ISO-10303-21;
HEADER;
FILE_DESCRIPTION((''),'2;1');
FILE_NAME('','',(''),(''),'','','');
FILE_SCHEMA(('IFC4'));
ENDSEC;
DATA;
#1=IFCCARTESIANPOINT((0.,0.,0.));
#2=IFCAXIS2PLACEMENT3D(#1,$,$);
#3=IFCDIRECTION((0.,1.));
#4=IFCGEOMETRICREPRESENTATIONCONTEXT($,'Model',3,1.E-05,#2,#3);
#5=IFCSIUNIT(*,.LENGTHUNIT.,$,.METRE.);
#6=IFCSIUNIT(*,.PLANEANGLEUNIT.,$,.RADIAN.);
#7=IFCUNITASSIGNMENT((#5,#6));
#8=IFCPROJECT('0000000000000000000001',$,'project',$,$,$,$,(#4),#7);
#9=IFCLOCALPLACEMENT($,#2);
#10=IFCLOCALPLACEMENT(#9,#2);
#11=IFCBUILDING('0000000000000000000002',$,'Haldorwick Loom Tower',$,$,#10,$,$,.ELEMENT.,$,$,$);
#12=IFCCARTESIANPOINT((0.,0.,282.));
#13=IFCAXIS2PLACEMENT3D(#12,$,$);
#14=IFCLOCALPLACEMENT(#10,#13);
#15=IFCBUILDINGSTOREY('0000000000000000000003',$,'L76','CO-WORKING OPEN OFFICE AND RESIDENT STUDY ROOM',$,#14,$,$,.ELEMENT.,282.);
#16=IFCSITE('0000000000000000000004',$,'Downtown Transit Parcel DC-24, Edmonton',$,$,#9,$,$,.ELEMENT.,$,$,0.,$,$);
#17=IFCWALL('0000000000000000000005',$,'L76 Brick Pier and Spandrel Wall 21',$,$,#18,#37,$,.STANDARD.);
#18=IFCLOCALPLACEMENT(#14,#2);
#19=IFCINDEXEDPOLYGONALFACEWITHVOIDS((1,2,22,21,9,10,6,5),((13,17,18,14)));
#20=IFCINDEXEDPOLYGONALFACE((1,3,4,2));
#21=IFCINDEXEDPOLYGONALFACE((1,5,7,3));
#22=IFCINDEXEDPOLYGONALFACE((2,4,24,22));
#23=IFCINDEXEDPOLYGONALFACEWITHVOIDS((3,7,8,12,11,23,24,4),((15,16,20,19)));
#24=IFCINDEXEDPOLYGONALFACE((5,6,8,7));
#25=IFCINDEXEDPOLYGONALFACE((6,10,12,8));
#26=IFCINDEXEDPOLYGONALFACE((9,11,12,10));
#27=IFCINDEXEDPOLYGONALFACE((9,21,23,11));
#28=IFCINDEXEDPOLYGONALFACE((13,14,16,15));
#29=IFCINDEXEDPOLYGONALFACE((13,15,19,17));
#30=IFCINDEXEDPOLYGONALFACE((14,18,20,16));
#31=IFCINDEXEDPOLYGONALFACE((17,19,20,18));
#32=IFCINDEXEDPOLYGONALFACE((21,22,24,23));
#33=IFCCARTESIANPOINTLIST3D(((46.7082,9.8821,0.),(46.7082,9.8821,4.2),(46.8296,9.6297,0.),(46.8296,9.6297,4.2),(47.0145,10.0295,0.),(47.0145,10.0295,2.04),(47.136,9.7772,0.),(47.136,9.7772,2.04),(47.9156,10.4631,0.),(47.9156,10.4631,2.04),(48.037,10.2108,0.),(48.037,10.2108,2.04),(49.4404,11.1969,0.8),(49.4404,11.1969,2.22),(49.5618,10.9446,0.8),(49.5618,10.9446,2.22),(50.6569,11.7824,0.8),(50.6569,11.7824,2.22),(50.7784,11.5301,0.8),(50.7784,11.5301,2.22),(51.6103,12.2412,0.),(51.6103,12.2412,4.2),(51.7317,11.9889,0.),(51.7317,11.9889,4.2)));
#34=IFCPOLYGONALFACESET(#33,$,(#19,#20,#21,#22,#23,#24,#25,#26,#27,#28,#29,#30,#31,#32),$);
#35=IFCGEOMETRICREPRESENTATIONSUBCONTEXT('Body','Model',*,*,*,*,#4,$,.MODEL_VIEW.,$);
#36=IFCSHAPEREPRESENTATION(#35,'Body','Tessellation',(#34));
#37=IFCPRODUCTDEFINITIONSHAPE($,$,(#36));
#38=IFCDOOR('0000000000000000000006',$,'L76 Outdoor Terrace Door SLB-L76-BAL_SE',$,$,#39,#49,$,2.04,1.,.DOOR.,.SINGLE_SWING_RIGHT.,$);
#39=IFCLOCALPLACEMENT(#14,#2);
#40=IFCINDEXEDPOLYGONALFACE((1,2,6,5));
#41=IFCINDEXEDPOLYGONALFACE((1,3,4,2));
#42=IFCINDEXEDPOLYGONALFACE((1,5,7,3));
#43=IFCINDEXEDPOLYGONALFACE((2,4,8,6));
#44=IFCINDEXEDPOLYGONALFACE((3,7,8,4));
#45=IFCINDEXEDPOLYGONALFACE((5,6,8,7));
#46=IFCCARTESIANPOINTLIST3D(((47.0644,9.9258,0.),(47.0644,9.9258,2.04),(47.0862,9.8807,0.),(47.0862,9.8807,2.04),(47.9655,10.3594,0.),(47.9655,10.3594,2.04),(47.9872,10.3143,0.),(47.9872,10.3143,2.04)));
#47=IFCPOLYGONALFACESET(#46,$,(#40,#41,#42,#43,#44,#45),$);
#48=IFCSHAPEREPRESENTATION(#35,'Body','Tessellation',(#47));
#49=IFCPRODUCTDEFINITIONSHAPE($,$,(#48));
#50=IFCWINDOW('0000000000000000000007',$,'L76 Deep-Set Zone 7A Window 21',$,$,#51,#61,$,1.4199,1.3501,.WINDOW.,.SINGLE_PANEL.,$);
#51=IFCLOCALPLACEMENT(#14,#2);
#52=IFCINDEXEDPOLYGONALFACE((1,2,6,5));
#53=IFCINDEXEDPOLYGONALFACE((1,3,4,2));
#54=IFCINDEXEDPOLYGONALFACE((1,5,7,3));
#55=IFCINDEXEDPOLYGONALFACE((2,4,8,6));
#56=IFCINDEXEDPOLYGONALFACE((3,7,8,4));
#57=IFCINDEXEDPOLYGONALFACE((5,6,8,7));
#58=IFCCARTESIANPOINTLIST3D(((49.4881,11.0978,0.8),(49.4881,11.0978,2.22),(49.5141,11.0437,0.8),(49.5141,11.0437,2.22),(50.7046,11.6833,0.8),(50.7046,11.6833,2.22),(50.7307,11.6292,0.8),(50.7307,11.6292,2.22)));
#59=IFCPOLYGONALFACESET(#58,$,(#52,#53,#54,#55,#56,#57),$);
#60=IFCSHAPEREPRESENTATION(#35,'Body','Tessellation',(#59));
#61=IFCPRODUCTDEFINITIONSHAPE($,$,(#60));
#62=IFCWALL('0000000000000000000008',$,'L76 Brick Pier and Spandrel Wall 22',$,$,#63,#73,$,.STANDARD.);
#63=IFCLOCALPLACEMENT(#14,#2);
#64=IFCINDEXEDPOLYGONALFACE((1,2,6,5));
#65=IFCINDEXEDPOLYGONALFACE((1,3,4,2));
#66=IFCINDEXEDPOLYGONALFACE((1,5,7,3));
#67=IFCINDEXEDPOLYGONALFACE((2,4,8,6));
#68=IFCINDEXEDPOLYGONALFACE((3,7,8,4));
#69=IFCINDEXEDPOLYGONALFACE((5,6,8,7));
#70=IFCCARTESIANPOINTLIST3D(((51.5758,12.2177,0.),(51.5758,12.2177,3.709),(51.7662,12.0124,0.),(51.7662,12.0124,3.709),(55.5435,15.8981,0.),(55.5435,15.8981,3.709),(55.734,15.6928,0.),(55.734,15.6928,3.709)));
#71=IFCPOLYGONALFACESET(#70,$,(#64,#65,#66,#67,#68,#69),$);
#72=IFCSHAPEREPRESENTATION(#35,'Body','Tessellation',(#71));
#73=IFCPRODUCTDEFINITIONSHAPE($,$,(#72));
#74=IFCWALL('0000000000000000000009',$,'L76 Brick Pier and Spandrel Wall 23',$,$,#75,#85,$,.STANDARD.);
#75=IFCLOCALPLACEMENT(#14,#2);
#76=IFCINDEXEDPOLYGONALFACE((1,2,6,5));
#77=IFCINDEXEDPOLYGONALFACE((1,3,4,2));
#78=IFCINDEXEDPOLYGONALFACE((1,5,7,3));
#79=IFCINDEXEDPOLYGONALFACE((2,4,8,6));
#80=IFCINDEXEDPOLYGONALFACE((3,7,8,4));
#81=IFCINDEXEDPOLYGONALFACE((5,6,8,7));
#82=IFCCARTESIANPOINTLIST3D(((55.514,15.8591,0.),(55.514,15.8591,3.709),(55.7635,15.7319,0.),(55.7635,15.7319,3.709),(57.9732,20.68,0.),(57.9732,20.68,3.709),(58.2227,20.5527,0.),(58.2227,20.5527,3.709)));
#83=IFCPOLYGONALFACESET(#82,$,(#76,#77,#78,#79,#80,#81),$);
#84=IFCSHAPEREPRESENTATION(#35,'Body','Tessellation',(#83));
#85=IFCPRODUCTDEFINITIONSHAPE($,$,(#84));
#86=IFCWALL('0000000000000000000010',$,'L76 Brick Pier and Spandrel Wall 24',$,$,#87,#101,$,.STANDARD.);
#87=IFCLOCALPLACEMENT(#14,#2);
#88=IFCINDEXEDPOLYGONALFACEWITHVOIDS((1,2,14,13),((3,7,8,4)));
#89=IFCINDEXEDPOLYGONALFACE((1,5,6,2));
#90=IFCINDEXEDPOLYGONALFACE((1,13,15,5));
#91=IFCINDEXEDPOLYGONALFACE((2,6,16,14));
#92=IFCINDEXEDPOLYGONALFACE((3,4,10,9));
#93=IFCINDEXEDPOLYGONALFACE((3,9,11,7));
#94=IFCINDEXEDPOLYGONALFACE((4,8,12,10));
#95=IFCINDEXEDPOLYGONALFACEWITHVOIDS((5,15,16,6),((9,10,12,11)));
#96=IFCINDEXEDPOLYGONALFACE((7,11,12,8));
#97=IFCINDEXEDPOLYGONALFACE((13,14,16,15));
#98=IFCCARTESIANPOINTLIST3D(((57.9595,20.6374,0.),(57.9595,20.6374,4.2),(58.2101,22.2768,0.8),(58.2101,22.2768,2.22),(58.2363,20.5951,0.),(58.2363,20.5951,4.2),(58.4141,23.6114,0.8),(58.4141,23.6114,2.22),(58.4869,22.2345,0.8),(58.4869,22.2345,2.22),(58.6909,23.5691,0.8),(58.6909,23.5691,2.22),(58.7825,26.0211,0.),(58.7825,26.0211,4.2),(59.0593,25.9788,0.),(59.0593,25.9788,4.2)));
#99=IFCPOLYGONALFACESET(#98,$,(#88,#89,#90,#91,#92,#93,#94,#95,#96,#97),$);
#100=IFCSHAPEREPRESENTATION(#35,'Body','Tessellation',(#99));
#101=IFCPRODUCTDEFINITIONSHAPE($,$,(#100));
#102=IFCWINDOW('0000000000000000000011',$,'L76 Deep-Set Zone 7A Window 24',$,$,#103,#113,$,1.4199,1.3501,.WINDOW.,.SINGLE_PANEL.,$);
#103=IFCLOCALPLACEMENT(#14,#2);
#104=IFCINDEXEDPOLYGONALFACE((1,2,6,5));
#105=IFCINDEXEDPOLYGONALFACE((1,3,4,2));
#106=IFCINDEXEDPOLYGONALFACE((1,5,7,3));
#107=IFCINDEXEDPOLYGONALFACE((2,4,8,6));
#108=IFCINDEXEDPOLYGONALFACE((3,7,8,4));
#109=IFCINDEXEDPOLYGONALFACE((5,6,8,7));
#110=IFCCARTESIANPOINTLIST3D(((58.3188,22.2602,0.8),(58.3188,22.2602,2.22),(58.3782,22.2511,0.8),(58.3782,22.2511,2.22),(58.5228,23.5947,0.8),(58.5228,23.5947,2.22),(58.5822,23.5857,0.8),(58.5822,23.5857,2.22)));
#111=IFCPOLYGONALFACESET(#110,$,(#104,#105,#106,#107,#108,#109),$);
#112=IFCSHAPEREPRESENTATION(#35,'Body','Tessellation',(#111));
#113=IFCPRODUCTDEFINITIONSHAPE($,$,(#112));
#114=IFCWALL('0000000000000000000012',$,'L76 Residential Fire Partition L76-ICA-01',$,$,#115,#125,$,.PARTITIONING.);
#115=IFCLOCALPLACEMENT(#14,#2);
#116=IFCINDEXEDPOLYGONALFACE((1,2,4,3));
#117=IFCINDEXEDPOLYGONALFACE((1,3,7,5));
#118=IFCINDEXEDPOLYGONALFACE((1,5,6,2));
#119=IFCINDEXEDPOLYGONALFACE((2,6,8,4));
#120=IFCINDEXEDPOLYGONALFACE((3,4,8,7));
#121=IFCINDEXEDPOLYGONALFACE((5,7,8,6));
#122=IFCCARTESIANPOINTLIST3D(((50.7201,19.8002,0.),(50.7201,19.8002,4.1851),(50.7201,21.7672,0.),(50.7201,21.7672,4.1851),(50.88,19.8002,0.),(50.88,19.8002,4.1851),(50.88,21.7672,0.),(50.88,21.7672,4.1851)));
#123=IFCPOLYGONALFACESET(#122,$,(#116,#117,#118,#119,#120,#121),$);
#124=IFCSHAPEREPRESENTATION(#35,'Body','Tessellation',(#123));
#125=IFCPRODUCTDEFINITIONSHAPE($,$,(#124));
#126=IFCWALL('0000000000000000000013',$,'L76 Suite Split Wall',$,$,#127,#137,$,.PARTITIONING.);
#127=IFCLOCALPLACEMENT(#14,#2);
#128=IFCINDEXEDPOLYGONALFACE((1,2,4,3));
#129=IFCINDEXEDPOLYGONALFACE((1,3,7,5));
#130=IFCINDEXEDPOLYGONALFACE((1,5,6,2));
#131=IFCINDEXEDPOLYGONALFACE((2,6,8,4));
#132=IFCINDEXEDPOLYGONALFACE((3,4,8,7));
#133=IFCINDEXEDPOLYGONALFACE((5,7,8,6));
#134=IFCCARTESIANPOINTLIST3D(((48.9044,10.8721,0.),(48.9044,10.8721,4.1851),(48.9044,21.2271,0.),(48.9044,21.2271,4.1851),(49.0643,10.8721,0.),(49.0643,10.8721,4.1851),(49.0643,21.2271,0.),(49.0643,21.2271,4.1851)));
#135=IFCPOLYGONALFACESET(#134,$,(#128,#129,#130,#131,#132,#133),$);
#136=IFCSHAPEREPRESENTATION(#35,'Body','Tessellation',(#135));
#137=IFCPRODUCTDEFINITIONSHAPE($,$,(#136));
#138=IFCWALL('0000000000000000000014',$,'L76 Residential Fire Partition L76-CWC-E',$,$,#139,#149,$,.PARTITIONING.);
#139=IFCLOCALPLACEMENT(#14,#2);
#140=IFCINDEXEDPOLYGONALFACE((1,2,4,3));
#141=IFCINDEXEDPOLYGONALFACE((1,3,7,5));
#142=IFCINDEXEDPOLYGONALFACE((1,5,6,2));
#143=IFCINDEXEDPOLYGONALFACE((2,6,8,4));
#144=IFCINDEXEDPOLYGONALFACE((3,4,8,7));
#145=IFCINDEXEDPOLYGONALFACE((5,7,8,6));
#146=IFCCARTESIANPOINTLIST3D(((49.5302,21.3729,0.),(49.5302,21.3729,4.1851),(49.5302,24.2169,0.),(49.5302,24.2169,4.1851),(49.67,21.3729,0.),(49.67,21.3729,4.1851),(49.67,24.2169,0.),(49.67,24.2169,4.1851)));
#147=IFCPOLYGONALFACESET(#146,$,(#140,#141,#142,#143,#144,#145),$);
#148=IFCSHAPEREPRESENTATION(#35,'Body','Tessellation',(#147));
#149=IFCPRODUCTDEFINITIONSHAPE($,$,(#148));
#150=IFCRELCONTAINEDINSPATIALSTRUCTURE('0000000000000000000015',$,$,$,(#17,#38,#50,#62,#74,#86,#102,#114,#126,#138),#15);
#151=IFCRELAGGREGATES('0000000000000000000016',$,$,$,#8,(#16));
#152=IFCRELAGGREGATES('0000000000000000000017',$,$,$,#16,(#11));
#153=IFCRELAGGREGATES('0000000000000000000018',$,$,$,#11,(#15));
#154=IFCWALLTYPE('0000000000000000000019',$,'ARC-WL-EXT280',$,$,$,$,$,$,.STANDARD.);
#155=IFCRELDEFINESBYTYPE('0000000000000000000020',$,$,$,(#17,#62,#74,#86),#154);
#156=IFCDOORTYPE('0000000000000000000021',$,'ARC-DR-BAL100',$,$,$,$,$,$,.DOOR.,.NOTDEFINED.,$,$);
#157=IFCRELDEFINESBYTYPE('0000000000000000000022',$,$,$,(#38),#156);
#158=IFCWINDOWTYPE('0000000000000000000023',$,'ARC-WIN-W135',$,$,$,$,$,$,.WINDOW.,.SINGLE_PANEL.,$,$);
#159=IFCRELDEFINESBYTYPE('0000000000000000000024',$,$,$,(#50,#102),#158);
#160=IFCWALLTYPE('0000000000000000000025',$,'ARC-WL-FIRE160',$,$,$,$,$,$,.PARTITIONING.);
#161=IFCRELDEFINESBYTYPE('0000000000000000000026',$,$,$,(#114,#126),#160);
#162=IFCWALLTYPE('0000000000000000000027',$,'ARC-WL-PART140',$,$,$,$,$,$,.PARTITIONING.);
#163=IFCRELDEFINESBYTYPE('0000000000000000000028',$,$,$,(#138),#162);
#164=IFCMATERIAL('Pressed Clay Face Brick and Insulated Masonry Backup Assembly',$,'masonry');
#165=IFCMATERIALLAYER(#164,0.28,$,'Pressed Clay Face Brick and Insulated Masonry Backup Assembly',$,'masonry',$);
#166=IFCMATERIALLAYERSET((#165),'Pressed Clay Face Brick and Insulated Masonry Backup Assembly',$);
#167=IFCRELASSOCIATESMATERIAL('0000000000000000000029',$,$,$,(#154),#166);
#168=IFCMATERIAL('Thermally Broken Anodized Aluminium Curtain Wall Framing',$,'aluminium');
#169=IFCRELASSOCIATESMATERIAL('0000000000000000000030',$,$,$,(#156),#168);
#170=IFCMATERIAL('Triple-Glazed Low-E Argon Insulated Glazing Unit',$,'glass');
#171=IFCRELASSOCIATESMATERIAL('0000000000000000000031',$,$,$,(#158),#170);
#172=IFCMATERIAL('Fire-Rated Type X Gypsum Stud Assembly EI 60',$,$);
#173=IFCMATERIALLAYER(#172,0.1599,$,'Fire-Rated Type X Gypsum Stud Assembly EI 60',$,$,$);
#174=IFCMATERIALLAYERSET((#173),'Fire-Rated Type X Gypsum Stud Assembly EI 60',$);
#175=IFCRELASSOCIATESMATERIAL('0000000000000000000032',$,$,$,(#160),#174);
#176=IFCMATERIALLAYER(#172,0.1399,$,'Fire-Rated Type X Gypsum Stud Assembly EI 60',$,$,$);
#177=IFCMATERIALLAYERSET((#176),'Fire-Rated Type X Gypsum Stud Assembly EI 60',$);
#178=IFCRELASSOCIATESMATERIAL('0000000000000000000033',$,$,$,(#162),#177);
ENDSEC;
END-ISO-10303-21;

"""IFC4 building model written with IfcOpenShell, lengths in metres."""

from ifc_helpers import new_model, si_unit, direction, frame, frame_2d, origin, place, context, subcontext, project, spatial, rectangle, extrude, material, layer, layer_set, type_object, element, fill, save


model = new_model("IFC4")

# Units and contexts
model_context = context("Model", 3, precision=1e-05, world=origin(), true_north=direction((0.0, 1.0)))
body_context = subcontext(model_context, "Body", "Model", "MODEL_VIEW")
ifc_project = project(units=[si_unit("LENGTHUNIT", "METRE"), si_unit("PLANEANGLEUNIT", "RADIAN")], contexts=[model_context])

# Site, building, storey
site_placement = place(None, origin())
site = spatial("IfcSite", under=ifc_project, at=site_placement, Name="Downtown Transit Parcel DC-24, Edmonton", CompositionType="ELEMENT", RefElevation=0.0)
building_placement = place(site_placement, origin())
building = spatial("IfcBuilding", under=site, at=building_placement, Name="Haldorwick Loom Tower", CompositionType="ELEMENT")
storey_placement = place(building_placement, frame((0.0, 0.0, 282.0)))
storey = spatial("IfcBuildingStorey", under=building, at=storey_placement, Name="L76", Description="CO-WORKING OPEN OFFICE AND RESIDENT STUDY ROOM", CompositionType="ELEMENT", Elevation=282.0)

# Wall, openings, door, window
ifc_material_1 = material(Name="Pressed Clay Face Brick and Insulated Masonry Backup Assembly", Category="masonry")
ifc_layer_1 = layer(ifc_material_1, 0.28, Name="Pressed Clay Face Brick and Insulated Masonry Backup Assembly", Category="masonry")
ifc_layer_set_1 = layer_set([ifc_layer_1], Name="Pressed Clay Face Brick and Insulated Masonry Backup Assembly")
wall_type_1 = type_object("IfcWallType", Name="ARC-WL-EXT280", PredefinedType="STANDARD", material=ifc_layer_set_1)
wall_1_placement = place(storey_placement, frame((46.7688, 9.7559, 0.0), z_axis=(0.0, 0.0, 1.0), x_axis=(0.901084, 0.433646, 0.0)))
wall_1 = element("IfcWall", 1, at=wall_1_placement, inside=storey, type_object=wall_type_1, Name="L76 Brick Pier and Spandrel Wall 21", PredefinedType="STANDARD", context=body_context, shape_type="SweptSolid", body=[
    extrude(rectangle(XDim=5.4402, YDim=0.28, at=frame_2d((2.7202, 0.0))), origin(), (0.0, 0.0, 1.0), 4.2),
])
opening_1_placement = place(wall_1_placement, frame((0.3401, 0.0, 0.0)))
opening_1 = element("IfcOpeningElement", 2, at=opening_1_placement, cuts=wall_1, PredefinedType="OPENING", context=body_context, shape_type="SweptSolid", body=[
    extrude(rectangle(XDim=1.0, YDim=2.04, at=frame_2d((0.5, 1.02))), frame((0.0, 0.1499, 0.0), z_axis=(0.0, -1.0, 0.0), x_axis=(1.0, 0.0, 0.0)), (0.0, 0.0, 1.0), 0.3),
])
opening_2_placement = place(wall_1_placement, frame((3.0322, 0.0, 0.8)))
opening_2 = element("IfcOpeningElement", 3, at=opening_2_placement, cuts=wall_1, PredefinedType="OPENING", context=body_context, shape_type="SweptSolid", body=[
    extrude(rectangle(XDim=1.3501, YDim=1.4199, at=frame_2d((0.675, 0.71))), frame((0.0, 0.1499, 0.0), z_axis=(0.0, -1.0, 0.0), x_axis=(1.0, 0.0, 0.0)), (0.0, 0.0, 1.0), 0.3),
])
ifc_material_2 = material(Name="Thermally Broken Anodized Aluminium Curtain Wall Framing", Category="aluminium")
door_type = type_object("IfcDoorType", Name="ARC-DR-BAL100", OperationType="NOTDEFINED", PredefinedType="DOOR", material=ifc_material_2)
door_placement = place(opening_1_placement, origin())
door = element("IfcDoor", 4, at=door_placement, inside=storey, type_object=door_type, Name="L76 Outdoor Terrace Door SLB-L76-BAL_SE", OperationType="SINGLE_SWING_RIGHT", OverallHeight=2.04, OverallWidth=1.0, PredefinedType="DOOR", context=body_context, shape_type="SweptSolid", body=[
    extrude(rectangle(XDim=1.0, YDim=2.04, at=frame_2d((0.5, 1.02))), frame((0.0, 0.0249, 0.0), z_axis=(0.0, -1.0, 0.0), x_axis=(1.0, 0.0, 0.0)), (0.0, 0.0, 1.0), 0.05),
])
fill(opening_1, door)
ifc_material_3 = material(Name="Triple-Glazed Low-E Argon Insulated Glazing Unit", Category="glass")
window_type = type_object("IfcWindowType", Name="ARC-WIN-W135", PartitioningType="SINGLE_PANEL", PredefinedType="WINDOW", material=ifc_material_3)
window_1_placement = place(opening_2_placement, origin())
window_1 = element("IfcWindow", 5, at=window_1_placement, inside=storey, type_object=window_type, Name="L76 Deep-Set Zone 7A Window 21", OverallHeight=1.4199, OverallWidth=1.3501, PartitioningType="SINGLE_PANEL", PredefinedType="WINDOW", context=body_context, shape_type="SweptSolid", body=[
    extrude(rectangle(XDim=1.3501, YDim=1.4199, at=frame_2d((0.675, 0.71))), frame((0.0, 0.03, 0.0), z_axis=(0.0, -1.0, 0.0), x_axis=(1.0, 0.0, 0.0)), (0.0, 0.0, 1.0), 0.0601),
])
fill(opening_2, window_1)

# Walls
for number, where, z_axis, x_axis, name in (
    (6, (51.6709, 12.115, 0.0), (0.0, 0.0, 1.0), (0.733157, 0.68006, 0.0), "L76 Brick Pier and Spandrel Wall 22"),
    (7, (55.6387, 15.7954, 0.0), (0.0, 0.0, 1.0), (0.454417, 0.890789, 0.0), "L76 Brick Pier and Spandrel Wall 23"),
):
    element("IfcWall", number, at=place(storey_placement, frame(where, z_axis=z_axis, x_axis=x_axis)), inside=storey, type_object=wall_type_1, Name=name, PredefinedType="STANDARD", context=body_context, shape_type="SweptSolid", body=[
        extrude(rectangle(XDim=5.4119, YDim=0.28, at=frame_2d((2.7061, 0.0))), origin(), (0.0, 0.0, 1.0), 3.709),
    ])

# Wall, opening, window
wall_2_placement = place(storey_placement, frame((58.0979, 20.6162, 0.0), z_axis=(0.0, 0.0, 1.0), x_axis=(0.151111, 0.988517, 0.0)))
wall_2 = element("IfcWall", 8, at=wall_2_placement, inside=storey, type_object=wall_type_1, Name="L76 Brick Pier and Spandrel Wall 24", PredefinedType="STANDARD", context=body_context, shape_type="SweptSolid", body=[
    extrude(rectangle(XDim=5.4463, YDim=0.28, at=frame_2d((2.7231, 0.0))), origin(), (0.0, 0.0, 1.0), 4.2),
])
opening_3_placement = place(wall_2_placement, frame((1.6584, 0.0, 0.8)))
opening_3 = element("IfcOpeningElement", 9, at=opening_3_placement, cuts=wall_2, PredefinedType="OPENING", context=body_context, shape_type="SweptSolid", body=[
    extrude(rectangle(XDim=1.3501, YDim=1.4199, at=frame_2d((0.675, 0.71))), frame((0.0, 0.1499, 0.0), z_axis=(0.0, -1.0, 0.0), x_axis=(1.0, 0.0, 0.0)), (0.0, 0.0, 1.0), 0.3),
])
window_2_placement = place(opening_3_placement, origin())
window_2 = element("IfcWindow", 10, at=window_2_placement, inside=storey, type_object=window_type, Name="L76 Deep-Set Zone 7A Window 24", OverallHeight=1.4199, OverallWidth=1.3501, PartitioningType="SINGLE_PANEL", PredefinedType="WINDOW", context=body_context, shape_type="SweptSolid", body=[
    extrude(rectangle(XDim=1.3501, YDim=1.4199, at=frame_2d((0.675, 0.71))), frame((0.0, 0.03, 0.0), z_axis=(0.0, -1.0, 0.0), x_axis=(1.0, 0.0, 0.0)), (0.0, 0.0, 1.0), 0.0601),
])
fill(opening_3, window_2)

# Walls
ifc_material_4 = material(Name="Fire-Rated Type X Gypsum Stud Assembly EI 60")
ifc_layer_2 = layer(ifc_material_4, 0.1599, Name="Fire-Rated Type X Gypsum Stud Assembly EI 60")
ifc_layer_set_2 = layer_set([ifc_layer_2], Name="Fire-Rated Type X Gypsum Stud Assembly EI 60")
wall_type_2 = type_object("IfcWallType", Name="ARC-WL-FIRE160", PredefinedType="PARTITIONING", material=ifc_layer_set_2)
wall_3_placement = place(storey_placement, frame((50.8, 21.7671, 0.0), z_axis=(0.0, 0.0, 1.0), x_axis=(0.0, -1.0, 0.0)))
element("IfcWall", 11, at=wall_3_placement, inside=storey, type_object=wall_type_2, Name="L76 Residential Fire Partition L76-ICA-01", PredefinedType="PARTITIONING", context=body_context, shape_type="SweptSolid", body=[
    extrude(rectangle(XDim=1.967, YDim=0.1599, at=frame_2d((0.9834, 0.0))), origin(), (0.0, 0.0, 1.0), 4.1851),
])
wall_4_placement = place(storey_placement, frame((48.9844, 10.8721, 0.0), z_axis=(0.0, 0.0, 1.0), x_axis=(0.0, 1.0, 0.0)))
element("IfcWall", 12, at=wall_4_placement, inside=storey, type_object=wall_type_2, Name="L76 Suite Split Wall", PredefinedType="PARTITIONING", context=body_context, shape_type="SweptSolid", body=[
    extrude(rectangle(XDim=10.355, YDim=0.1599, at=frame_2d((5.1775, 0.0))), origin(), (0.0, 0.0, 1.0), 4.1851),
])
ifc_layer_3 = layer(ifc_material_4, 0.1399, Name="Fire-Rated Type X Gypsum Stud Assembly EI 60")
ifc_layer_set_3 = layer_set([ifc_layer_3], Name="Fire-Rated Type X Gypsum Stud Assembly EI 60")
wall_type_3 = type_object("IfcWallType", Name="ARC-WL-PART140", PredefinedType="PARTITIONING", material=ifc_layer_set_3)
wall_5_placement = place(storey_placement, frame((49.6001, 21.373, 0.0), z_axis=(0.0, 0.0, 1.0), x_axis=(0.0, 1.0, 0.0)))
element("IfcWall", 13, at=wall_5_placement, inside=storey, type_object=wall_type_3, Name="L76 Residential Fire Partition L76-CWC-E", PredefinedType="PARTITIONING", context=body_context, shape_type="SweptSolid", body=[
    extrude(rectangle(XDim=2.844, YDim=0.1399, at=frame_2d((1.4219, 0.0))), origin(), (0.0, 0.0, 1.0), 4.1851),
])

save(model, "model.ifc")
